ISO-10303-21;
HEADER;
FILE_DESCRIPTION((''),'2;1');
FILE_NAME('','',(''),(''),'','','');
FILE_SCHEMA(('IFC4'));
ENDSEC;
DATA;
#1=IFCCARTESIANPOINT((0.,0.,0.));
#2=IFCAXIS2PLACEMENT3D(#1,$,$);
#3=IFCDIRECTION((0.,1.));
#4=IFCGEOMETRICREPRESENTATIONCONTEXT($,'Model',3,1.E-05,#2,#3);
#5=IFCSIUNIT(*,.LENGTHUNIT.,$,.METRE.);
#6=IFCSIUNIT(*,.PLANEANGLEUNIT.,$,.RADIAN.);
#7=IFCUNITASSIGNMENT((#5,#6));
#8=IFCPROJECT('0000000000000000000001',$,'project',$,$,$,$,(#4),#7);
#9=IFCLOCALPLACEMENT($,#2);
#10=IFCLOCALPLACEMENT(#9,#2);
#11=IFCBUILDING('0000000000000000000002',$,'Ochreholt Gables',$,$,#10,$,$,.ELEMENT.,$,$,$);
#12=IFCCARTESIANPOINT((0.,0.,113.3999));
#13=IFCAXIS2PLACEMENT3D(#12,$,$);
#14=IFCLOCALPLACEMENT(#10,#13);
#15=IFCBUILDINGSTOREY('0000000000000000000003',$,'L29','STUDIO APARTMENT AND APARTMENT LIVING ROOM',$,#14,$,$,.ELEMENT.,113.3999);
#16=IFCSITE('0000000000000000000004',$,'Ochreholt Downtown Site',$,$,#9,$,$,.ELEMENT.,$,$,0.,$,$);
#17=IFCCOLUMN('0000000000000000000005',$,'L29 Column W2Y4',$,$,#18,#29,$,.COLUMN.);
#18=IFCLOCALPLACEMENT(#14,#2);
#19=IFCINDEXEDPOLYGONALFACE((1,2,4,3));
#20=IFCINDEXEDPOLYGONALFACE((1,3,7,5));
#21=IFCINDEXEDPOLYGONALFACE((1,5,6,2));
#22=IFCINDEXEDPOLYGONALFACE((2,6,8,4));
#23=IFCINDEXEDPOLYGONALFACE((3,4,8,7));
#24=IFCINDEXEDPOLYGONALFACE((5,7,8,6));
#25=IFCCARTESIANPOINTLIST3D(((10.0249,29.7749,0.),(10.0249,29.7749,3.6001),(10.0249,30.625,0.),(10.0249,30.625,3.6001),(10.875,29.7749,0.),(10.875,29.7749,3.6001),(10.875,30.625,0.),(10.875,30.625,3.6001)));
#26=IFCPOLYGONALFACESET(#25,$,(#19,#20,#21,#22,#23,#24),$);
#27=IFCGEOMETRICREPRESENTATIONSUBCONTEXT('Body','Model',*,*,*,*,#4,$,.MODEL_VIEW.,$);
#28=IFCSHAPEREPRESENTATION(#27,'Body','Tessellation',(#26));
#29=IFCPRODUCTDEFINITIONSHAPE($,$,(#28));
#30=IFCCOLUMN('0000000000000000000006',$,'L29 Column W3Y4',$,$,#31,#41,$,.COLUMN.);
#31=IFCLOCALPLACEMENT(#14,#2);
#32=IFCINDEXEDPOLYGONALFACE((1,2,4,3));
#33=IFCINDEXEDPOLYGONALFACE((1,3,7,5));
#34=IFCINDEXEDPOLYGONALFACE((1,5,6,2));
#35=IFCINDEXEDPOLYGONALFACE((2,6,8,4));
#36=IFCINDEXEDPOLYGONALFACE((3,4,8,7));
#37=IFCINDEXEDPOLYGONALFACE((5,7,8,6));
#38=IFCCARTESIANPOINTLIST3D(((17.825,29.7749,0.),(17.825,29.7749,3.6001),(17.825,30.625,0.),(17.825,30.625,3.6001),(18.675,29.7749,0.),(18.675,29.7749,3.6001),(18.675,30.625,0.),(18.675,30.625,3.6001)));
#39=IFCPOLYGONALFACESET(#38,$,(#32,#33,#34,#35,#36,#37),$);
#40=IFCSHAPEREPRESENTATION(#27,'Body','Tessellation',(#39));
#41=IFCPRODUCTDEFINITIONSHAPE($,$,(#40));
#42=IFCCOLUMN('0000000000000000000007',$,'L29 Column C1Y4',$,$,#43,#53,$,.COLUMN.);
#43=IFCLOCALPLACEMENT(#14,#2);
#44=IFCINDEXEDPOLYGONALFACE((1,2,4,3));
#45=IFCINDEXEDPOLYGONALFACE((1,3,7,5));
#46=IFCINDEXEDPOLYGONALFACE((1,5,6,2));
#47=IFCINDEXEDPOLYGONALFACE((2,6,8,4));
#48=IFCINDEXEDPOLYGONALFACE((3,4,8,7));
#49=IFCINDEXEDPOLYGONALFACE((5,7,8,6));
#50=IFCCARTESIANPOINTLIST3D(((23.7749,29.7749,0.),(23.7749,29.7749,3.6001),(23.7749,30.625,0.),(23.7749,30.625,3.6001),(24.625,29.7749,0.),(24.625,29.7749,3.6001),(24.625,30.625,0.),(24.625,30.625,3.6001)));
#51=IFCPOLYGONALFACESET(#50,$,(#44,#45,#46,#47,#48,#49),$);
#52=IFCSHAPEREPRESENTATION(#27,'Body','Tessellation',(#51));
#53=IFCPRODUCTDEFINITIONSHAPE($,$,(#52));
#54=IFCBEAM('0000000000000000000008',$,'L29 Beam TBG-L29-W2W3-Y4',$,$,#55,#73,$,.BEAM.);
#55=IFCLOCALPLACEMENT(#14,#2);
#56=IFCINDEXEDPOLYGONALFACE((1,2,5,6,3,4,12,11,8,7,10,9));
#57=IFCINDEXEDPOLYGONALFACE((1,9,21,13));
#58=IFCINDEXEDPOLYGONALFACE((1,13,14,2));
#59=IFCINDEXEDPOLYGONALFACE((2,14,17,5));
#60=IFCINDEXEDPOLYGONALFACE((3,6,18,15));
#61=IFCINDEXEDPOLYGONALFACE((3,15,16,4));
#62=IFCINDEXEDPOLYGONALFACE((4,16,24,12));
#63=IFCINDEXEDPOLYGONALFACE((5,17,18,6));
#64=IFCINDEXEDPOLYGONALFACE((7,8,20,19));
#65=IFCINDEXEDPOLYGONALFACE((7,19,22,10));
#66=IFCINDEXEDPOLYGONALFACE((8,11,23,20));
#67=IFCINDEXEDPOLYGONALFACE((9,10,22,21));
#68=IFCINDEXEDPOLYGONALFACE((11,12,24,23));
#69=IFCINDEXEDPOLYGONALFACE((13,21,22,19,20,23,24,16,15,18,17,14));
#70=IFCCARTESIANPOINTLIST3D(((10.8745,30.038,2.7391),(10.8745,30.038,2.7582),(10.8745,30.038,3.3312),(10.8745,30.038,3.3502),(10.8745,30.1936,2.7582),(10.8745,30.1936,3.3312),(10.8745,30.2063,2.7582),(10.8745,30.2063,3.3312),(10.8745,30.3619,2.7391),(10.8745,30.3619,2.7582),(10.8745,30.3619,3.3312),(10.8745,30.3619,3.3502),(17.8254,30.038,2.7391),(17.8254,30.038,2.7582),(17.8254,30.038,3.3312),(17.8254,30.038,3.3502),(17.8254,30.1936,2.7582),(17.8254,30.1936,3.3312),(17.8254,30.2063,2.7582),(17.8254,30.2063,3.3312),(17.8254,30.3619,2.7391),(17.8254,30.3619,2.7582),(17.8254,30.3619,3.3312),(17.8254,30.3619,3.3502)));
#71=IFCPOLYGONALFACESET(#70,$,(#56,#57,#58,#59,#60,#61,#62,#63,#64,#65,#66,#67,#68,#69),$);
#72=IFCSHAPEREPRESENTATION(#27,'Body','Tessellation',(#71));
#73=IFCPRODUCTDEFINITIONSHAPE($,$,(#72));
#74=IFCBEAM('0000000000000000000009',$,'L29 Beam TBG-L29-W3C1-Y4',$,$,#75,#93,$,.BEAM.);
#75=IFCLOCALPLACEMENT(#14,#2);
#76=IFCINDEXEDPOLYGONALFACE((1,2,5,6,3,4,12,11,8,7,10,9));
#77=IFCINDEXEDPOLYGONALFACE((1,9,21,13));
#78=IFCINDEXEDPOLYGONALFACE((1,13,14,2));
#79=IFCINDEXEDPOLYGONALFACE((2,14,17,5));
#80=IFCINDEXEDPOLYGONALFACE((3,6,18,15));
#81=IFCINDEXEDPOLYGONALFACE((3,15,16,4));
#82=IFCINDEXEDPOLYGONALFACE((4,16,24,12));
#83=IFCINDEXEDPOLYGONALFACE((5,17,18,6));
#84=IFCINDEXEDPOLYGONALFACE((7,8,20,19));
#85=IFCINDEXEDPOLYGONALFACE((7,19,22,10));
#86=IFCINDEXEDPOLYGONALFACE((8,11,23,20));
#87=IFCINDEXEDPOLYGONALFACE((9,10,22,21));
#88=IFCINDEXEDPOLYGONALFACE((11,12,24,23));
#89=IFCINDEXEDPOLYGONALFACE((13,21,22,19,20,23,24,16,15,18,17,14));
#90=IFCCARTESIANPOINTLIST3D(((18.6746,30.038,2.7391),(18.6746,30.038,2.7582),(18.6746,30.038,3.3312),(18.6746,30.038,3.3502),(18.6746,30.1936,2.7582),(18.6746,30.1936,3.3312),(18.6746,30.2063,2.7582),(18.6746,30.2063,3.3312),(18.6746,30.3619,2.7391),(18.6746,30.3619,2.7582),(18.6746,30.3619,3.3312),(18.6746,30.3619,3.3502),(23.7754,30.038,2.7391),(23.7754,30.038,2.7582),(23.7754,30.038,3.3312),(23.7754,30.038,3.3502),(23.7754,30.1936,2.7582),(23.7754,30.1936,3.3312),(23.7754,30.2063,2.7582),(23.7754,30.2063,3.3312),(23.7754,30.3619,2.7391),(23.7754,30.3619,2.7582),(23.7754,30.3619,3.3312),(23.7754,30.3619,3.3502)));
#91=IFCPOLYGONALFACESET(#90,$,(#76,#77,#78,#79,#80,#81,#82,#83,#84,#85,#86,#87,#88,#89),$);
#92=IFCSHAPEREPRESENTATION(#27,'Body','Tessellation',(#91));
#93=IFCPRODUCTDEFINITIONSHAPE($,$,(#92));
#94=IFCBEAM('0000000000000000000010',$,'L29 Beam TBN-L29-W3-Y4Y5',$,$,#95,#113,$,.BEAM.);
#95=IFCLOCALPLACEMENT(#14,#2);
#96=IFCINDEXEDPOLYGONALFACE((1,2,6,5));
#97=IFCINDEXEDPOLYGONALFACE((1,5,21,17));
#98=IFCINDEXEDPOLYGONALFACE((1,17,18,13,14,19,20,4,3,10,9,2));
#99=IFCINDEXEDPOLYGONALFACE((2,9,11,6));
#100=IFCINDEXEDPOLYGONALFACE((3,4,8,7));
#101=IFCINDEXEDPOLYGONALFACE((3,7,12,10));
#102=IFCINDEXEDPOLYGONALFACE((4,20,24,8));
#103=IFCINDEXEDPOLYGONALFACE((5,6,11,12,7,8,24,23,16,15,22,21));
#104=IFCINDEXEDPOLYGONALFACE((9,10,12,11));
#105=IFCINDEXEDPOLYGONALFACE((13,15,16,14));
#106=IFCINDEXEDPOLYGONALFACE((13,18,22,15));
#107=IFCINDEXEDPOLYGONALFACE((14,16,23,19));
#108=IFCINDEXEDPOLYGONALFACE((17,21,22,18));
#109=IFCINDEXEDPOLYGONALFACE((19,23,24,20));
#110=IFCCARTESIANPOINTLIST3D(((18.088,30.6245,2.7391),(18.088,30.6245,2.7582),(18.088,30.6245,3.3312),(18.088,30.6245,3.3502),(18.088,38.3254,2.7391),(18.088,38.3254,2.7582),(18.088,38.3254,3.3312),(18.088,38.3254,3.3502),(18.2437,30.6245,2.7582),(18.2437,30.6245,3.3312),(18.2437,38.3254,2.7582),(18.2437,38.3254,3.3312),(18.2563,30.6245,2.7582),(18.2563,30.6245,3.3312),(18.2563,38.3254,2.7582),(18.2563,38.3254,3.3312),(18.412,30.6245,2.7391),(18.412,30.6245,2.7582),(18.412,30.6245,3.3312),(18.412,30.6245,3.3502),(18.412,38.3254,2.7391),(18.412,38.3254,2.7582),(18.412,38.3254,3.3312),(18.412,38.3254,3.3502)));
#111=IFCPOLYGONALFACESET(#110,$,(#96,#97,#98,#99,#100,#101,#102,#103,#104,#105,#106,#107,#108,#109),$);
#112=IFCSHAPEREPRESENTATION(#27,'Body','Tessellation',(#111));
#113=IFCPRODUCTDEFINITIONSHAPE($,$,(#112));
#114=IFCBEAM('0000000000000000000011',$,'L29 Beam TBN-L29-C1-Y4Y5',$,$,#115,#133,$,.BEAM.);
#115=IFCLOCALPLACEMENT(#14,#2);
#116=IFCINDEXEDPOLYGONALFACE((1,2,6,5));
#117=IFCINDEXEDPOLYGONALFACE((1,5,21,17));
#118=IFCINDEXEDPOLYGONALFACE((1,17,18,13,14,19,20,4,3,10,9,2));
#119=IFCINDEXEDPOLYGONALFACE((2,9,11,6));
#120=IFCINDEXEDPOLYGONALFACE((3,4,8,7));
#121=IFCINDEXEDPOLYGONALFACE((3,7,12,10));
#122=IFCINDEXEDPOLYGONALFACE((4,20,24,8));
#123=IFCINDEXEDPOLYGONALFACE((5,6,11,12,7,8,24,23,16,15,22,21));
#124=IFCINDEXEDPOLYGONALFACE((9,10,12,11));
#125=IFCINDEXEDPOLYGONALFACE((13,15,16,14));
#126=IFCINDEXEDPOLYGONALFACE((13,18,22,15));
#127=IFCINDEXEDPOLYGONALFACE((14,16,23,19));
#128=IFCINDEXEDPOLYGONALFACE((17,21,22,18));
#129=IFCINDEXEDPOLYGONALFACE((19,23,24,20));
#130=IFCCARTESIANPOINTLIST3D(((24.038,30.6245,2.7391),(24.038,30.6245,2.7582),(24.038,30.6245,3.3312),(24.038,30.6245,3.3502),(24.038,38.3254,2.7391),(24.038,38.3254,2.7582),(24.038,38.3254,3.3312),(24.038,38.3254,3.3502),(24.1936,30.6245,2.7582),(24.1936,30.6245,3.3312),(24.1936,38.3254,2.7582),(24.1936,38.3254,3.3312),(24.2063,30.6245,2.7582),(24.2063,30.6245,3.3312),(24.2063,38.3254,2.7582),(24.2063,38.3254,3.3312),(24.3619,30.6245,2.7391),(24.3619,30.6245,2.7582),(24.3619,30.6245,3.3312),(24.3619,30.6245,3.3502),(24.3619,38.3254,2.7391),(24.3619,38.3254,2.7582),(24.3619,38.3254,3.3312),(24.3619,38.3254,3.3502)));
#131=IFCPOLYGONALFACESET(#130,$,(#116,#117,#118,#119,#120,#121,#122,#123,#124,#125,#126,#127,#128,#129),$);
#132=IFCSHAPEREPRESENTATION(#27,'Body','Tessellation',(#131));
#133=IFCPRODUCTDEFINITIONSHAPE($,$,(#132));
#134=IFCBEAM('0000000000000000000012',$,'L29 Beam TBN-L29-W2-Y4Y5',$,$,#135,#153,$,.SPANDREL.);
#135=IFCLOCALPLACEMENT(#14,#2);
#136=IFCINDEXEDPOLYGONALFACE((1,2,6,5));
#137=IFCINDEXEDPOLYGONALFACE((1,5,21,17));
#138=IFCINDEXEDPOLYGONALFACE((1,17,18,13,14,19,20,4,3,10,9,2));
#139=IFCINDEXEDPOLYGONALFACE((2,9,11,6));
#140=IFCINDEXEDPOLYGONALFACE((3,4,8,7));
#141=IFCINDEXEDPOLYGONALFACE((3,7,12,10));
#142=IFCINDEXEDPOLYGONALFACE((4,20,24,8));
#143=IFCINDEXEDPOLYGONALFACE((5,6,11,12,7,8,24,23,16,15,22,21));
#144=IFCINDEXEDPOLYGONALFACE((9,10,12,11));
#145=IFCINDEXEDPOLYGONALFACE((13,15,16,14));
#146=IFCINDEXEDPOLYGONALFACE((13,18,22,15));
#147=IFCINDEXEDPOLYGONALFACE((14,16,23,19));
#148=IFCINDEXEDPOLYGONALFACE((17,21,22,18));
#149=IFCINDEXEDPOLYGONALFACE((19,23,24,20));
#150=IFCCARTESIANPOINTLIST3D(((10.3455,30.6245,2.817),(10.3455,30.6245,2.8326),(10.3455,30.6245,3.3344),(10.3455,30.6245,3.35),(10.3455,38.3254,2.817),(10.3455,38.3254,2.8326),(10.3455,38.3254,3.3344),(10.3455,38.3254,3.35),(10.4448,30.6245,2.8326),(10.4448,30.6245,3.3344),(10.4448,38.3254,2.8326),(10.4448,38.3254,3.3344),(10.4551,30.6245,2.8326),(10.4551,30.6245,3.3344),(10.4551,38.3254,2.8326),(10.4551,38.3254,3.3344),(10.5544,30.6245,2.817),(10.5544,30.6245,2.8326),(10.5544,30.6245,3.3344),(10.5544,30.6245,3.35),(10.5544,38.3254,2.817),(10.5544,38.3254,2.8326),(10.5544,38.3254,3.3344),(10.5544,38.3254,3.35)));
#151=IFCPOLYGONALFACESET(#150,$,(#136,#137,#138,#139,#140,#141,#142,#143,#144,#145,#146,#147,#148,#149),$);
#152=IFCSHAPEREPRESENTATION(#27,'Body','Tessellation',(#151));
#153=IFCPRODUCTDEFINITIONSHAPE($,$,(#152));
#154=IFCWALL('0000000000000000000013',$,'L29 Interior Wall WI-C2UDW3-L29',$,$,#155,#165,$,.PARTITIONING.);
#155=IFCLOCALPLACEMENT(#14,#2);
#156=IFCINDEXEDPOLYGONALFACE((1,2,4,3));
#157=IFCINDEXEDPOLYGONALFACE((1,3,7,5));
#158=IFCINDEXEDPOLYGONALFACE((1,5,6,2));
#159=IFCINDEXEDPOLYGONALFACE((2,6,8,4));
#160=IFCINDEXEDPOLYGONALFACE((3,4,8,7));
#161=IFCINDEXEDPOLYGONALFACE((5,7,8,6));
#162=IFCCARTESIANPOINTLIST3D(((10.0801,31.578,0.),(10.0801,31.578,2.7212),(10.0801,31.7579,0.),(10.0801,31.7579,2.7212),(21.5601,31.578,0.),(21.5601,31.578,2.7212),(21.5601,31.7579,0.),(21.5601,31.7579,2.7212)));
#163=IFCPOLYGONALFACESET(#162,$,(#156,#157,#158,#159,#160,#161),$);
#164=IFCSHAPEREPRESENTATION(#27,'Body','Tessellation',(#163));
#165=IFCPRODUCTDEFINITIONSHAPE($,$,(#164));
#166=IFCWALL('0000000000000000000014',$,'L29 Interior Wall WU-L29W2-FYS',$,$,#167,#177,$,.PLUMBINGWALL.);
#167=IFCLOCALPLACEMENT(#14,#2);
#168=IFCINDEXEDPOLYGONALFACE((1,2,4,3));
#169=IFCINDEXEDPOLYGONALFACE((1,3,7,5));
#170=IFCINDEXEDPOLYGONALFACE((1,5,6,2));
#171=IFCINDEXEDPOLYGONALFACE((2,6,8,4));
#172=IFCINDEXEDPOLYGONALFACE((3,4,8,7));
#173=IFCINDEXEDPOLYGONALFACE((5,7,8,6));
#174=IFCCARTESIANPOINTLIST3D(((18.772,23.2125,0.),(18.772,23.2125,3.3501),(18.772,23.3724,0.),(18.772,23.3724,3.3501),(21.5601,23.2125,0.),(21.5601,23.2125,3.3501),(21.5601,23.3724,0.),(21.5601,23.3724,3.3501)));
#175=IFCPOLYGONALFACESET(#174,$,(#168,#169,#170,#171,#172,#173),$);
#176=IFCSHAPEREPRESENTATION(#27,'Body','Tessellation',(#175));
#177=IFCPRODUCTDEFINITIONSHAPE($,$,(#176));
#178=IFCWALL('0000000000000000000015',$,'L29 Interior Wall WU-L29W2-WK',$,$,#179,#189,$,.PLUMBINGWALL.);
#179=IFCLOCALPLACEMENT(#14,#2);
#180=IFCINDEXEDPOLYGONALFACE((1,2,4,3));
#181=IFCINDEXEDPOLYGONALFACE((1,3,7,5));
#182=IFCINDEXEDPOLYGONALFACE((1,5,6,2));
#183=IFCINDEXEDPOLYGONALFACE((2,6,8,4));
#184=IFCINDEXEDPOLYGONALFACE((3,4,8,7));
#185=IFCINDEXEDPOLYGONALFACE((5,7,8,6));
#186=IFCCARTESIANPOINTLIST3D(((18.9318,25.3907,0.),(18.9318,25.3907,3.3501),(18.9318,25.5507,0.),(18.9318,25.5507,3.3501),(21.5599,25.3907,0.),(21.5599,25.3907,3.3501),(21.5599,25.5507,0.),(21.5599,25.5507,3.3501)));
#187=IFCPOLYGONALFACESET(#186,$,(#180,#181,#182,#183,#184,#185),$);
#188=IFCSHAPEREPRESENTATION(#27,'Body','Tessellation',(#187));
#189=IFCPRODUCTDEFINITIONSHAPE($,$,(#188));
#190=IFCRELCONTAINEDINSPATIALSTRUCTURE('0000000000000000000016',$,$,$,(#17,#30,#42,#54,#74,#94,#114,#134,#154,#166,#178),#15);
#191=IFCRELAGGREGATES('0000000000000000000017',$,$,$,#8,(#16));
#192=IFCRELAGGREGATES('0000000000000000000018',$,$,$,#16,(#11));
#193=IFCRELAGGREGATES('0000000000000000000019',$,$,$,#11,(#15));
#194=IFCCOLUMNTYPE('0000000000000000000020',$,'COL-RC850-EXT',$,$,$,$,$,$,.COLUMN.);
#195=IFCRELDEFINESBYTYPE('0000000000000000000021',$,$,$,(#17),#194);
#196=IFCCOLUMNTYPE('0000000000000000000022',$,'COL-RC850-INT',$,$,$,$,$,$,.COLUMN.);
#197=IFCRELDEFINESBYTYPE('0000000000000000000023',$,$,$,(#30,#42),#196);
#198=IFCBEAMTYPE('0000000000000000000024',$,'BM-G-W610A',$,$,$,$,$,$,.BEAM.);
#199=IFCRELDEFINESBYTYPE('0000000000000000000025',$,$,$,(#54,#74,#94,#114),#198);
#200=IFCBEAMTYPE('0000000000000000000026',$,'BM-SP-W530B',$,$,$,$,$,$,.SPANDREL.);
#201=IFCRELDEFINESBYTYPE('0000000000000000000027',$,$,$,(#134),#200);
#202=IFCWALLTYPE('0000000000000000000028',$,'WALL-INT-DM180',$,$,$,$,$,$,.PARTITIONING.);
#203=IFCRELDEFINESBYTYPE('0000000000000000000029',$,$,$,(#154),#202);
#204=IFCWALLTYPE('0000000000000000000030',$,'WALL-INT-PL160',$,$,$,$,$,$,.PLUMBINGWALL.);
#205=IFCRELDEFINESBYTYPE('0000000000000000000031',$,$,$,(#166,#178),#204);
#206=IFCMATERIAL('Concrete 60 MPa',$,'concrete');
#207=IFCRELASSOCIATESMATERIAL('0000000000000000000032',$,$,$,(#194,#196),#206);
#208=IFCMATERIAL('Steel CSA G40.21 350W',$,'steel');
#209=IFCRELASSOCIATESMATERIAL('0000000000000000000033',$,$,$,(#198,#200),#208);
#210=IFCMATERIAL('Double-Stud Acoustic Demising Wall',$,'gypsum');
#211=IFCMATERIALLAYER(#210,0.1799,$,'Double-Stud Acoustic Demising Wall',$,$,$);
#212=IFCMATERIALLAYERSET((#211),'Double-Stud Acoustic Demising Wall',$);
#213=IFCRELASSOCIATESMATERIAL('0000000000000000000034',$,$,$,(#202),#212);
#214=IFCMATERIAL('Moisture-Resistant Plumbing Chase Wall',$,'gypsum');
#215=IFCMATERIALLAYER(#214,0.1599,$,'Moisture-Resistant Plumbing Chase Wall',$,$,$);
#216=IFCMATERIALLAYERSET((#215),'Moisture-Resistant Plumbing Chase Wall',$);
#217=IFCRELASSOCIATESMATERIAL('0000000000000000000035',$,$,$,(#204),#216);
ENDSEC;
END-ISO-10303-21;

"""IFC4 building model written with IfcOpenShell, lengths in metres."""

from ifc_helpers import new_model, si_unit, direction, frame, frame_2d, origin, origin_2d, place, context, subcontext, project, spatial, rectangle, i_section, extrude, material, layer, layer_set, material_profile, profile_set, type_object, element, save


model = new_model("IFC4")

# Units and contexts
model_context = context("Model", 3, precision=1e-05, world=origin(), true_north=direction((0.0, 1.0)))
body_context = subcontext(model_context, "Body", "Model", "MODEL_VIEW")
ifc_project = project(units=[si_unit("LENGTHUNIT", "METRE"), si_unit("PLANEANGLEUNIT", "RADIAN")], contexts=[model_context])

# Site, building, storey
site_placement = place(None, origin())
site = spatial("IfcSite", under=ifc_project, at=site_placement, Name="Ochreholt Downtown Site", CompositionType="ELEMENT", RefElevation=0.0)
building_placement = place(site_placement, origin())
building = spatial("IfcBuilding", under=site, at=building_placement, Name="Ochreholt Gables", CompositionType="ELEMENT")
storey_placement = place(building_placement, frame((0.0, 0.0, 113.3999)))
storey = spatial("IfcBuildingStorey", under=building, at=storey_placement, Name="L29", Description="STUDIO APARTMENT AND APARTMENT LIVING ROOM", CompositionType="ELEMENT", Elevation=113.3999)

# Columns
ifc_material_1 = material(Name="Concrete 60 MPa", Category="concrete")
ifc_material_profile_1 = material_profile(ifc_material_1, rectangle(XDim=0.8501, YDim=0.8501, at=origin_2d()), Name="RC850X850")
ifc_profile_set_1 = profile_set([ifc_material_profile_1], Name="Concrete 60 MPa")
column_type_1 = type_object("IfcColumnType", Name="COL-RC850-EXT", PredefinedType="COLUMN", material=ifc_profile_set_1)
column_placement = place(storey_placement, frame((10.45, 30.2, 0.0), z_axis=(0.0, 0.0, 1.0), x_axis=(1.0, 0.0, 0.0)))
element("IfcColumn", 1, at=column_placement, inside=storey, type_object=column_type_1, Name="L29 Column W2Y4", PredefinedType="COLUMN", context=body_context, shape_type="SweptSolid", body=[
    extrude(rectangle(XDim=0.8501, YDim=0.8501, at=origin_2d()), origin(), (0.0, 0.0, 1.0), 3.6001),
])
ifc_material_profile_2 = material_profile(ifc_material_1, rectangle(XDim=0.8501, YDim=0.8501, at=origin_2d()), Name="RC850X850")
ifc_profile_set_2 = profile_set([ifc_material_profile_2], Name="Concrete 60 MPa")
column_type_2 = type_object("IfcColumnType", Name="COL-RC850-INT", PredefinedType="COLUMN", material=ifc_profile_set_2)
for number, where, z_axis, x_axis, name in (
    (2, (18.25, 30.2, 0.0), (0.0, 0.0, 1.0), (1.0, 0.0, 0.0), "L29 Column W3Y4"),
    (3, (24.2, 30.2, 0.0), (0.0, 0.0, 1.0), (1.0, 0.0, 0.0), "L29 Column C1Y4"),
):
    element("IfcColumn", number, at=place(storey_placement, frame(where, z_axis=z_axis, x_axis=x_axis)), inside=storey, type_object=column_type_2, Name=name, PredefinedType="COLUMN", context=body_context, shape_type="SweptSolid", body=[
        extrude(rectangle(XDim=0.8501, YDim=0.8501, at=origin_2d()), origin(), (0.0, 0.0, 1.0), 3.6001),
    ])

# Beams
ifc_material_2 = material(Name="Steel CSA G40.21 350W", Category="steel")
ifc_material_profile_3 = material_profile(ifc_material_2, i_section(OverallWidth=0.324, OverallDepth=0.6111, WebThickness=0.0127, FlangeThickness=0.019, at=origin_2d()), Name="W610X155")
ifc_profile_set_3 = profile_set([ifc_material_profile_3], Name="Steel CSA G40.21 350W")
beam_type_1 = type_object("IfcBeamType", Name="BM-G-W610A", PredefinedType="BEAM", material=ifc_profile_set_3)
beam_1_placement = place(storey_placement, frame((10.8745, 30.2, 3.0447), z_axis=(1.0, 0.0, 0.0), x_axis=(0.0, 1.0, 0.0)))
element("IfcBeam", 4, at=beam_1_placement, inside=storey, type_object=beam_type_1, Name="L29 Beam TBG-L29-W2W3-Y4", PredefinedType="BEAM", context=body_context, shape_type="SweptSolid", body=[
    extrude(i_section(OverallWidth=0.324, OverallDepth=0.6111, WebThickness=0.0127, FlangeThickness=0.019, at=origin_2d()), origin(), (0.0, 0.0, 1.0), 6.9509),
])
beam_2_placement = place(storey_placement, frame((18.6746, 30.2, 3.0447), z_axis=(1.0, 0.0, 0.0), x_axis=(0.0, 1.0, 0.0)))
element("IfcBeam", 5, at=beam_2_placement, inside=storey, type_object=beam_type_1, Name="L29 Beam TBG-L29-W3C1-Y4", PredefinedType="BEAM", context=body_context, shape_type="SweptSolid", body=[
    extrude(i_section(OverallWidth=0.324, OverallDepth=0.6111, WebThickness=0.0127, FlangeThickness=0.019, at=origin_2d()), origin(), (0.0, 0.0, 1.0), 5.1008),
])
for number, where, z_axis, x_axis, name in (
    (6, (18.25, 30.6245, 3.0447), (0.0, 1.0, 0.0), (-1.0, 0.0, 0.0), "L29 Beam TBN-L29-W3-Y4Y5"),
    (7, (24.2, 30.6245, 3.0447), (0.0, 1.0, 0.0), (-1.0, 0.0, 0.0), "L29 Beam TBN-L29-C1-Y4Y5"),
):
    element("IfcBeam", number, at=place(storey_placement, frame(where, z_axis=z_axis, x_axis=x_axis)), inside=storey, type_object=beam_type_1, Name=name, PredefinedType="BEAM", context=body_context, shape_type="SweptSolid", body=[
        extrude(i_section(OverallWidth=0.324, OverallDepth=0.6111, WebThickness=0.0127, FlangeThickness=0.019, at=origin_2d()), origin(), (0.0, 0.0, 1.0), 7.7009),
    ])
ifc_material_profile_4 = material_profile(ifc_material_2, i_section(OverallWidth=0.209, OverallDepth=0.533, WebThickness=0.0103, FlangeThickness=0.0156, at=origin_2d()), Name="W530X92")
ifc_profile_set_4 = profile_set([ifc_material_profile_4], Name="Steel CSA G40.21 350W")
beam_type_2 = type_object("IfcBeamType", Name="BM-SP-W530B", PredefinedType="SPANDREL", material=ifc_profile_set_4)
beam_3_placement = place(storey_placement, frame((10.45, 30.6245, 3.0835), z_axis=(0.0, 1.0, 0.0), x_axis=(-1.0, 0.0, 0.0)))
element("IfcBeam", 8, at=beam_3_placement, inside=storey, type_object=beam_type_2, Name="L29 Beam TBN-L29-W2-Y4Y5", PredefinedType="SPANDREL", context=body_context, shape_type="SweptSolid", body=[
    extrude(i_section(OverallWidth=0.209, OverallDepth=0.533, WebThickness=0.0103, FlangeThickness=0.0156, at=origin_2d()), origin(), (0.0, 0.0, 1.0), 7.7009),
])

# Walls
ifc_material_3 = material(Name="Double-Stud Acoustic Demising Wall", Category="gypsum")
ifc_layer_1 = layer(ifc_material_3, 0.1799, Name="Double-Stud Acoustic Demising Wall")
ifc_layer_set_1 = layer_set([ifc_layer_1], Name="Double-Stud Acoustic Demising Wall")
wall_type_1 = type_object("IfcWallType", Name="WALL-INT-DM180", PredefinedType="PARTITIONING", material=ifc_layer_set_1)
wall_1_placement = place(storey_placement, frame((10.0801, 31.668, 0.0), z_axis=(0.0, 0.0, 1.0), x_axis=(1.0, 0.0, 0.0)))
element("IfcWall", 9, at=wall_1_placement, inside=storey, type_object=wall_type_1, Name="L29 Interior Wall WI-C2UDW3-L29", PredefinedType="PARTITIONING", context=body_context, shape_type="SweptSolid", body=[
    extrude(rectangle(XDim=11.48, YDim=0.1799, at=frame_2d((5.74, 0.0))), origin(), (0.0, 0.0, 1.0), 2.7212),
])
ifc_material_4 = material(Name="Moisture-Resistant Plumbing Chase Wall", Category="gypsum")
ifc_layer_2 = layer(ifc_material_4, 0.1599, Name="Moisture-Resistant Plumbing Chase Wall")
ifc_layer_set_2 = layer_set([ifc_layer_2], Name="Moisture-Resistant Plumbing Chase Wall")
wall_type_2 = type_object("IfcWallType", Name="WALL-INT-PL160", PredefinedType="PLUMBINGWALL", material=ifc_layer_set_2)
wall_2_placement = place(storey_placement, frame((18.772, 23.2925, 0.0), z_axis=(0.0, 0.0, 1.0), x_axis=(1.0, 0.0, 0.0)))
element("IfcWall", 10, at=wall_2_placement, inside=storey, type_object=wall_type_2, Name="L29 Interior Wall WU-L29W2-FYS", PredefinedType="PLUMBINGWALL", context=body_context, shape_type="SweptSolid", body=[
    extrude(rectangle(XDim=2.7881, YDim=0.1599, at=frame_2d((1.394, 0.0))), origin(), (0.0, 0.0, 1.0), 3.3501),
])

# Wall
wall_3_placement = place(storey_placement, frame((18.9319, 25.4707, 0.0), z_axis=(0.0, 0.0, 1.0), x_axis=(1.0, 0.0, 0.0)))
element("IfcWall", 11, at=wall_3_placement, inside=storey, type_object=wall_type_2, Name="L29 Interior Wall WU-L29W2-WK", PredefinedType="PLUMBINGWALL", context=body_context, shape_type="SweptSolid", body=[
    extrude(rectangle(XDim=2.6282, YDim=0.1599, at=frame_2d((1.314, 0.0))), origin(), (0.0, 0.0, 1.0), 3.3501),
])

save(model, "model.ifc")
